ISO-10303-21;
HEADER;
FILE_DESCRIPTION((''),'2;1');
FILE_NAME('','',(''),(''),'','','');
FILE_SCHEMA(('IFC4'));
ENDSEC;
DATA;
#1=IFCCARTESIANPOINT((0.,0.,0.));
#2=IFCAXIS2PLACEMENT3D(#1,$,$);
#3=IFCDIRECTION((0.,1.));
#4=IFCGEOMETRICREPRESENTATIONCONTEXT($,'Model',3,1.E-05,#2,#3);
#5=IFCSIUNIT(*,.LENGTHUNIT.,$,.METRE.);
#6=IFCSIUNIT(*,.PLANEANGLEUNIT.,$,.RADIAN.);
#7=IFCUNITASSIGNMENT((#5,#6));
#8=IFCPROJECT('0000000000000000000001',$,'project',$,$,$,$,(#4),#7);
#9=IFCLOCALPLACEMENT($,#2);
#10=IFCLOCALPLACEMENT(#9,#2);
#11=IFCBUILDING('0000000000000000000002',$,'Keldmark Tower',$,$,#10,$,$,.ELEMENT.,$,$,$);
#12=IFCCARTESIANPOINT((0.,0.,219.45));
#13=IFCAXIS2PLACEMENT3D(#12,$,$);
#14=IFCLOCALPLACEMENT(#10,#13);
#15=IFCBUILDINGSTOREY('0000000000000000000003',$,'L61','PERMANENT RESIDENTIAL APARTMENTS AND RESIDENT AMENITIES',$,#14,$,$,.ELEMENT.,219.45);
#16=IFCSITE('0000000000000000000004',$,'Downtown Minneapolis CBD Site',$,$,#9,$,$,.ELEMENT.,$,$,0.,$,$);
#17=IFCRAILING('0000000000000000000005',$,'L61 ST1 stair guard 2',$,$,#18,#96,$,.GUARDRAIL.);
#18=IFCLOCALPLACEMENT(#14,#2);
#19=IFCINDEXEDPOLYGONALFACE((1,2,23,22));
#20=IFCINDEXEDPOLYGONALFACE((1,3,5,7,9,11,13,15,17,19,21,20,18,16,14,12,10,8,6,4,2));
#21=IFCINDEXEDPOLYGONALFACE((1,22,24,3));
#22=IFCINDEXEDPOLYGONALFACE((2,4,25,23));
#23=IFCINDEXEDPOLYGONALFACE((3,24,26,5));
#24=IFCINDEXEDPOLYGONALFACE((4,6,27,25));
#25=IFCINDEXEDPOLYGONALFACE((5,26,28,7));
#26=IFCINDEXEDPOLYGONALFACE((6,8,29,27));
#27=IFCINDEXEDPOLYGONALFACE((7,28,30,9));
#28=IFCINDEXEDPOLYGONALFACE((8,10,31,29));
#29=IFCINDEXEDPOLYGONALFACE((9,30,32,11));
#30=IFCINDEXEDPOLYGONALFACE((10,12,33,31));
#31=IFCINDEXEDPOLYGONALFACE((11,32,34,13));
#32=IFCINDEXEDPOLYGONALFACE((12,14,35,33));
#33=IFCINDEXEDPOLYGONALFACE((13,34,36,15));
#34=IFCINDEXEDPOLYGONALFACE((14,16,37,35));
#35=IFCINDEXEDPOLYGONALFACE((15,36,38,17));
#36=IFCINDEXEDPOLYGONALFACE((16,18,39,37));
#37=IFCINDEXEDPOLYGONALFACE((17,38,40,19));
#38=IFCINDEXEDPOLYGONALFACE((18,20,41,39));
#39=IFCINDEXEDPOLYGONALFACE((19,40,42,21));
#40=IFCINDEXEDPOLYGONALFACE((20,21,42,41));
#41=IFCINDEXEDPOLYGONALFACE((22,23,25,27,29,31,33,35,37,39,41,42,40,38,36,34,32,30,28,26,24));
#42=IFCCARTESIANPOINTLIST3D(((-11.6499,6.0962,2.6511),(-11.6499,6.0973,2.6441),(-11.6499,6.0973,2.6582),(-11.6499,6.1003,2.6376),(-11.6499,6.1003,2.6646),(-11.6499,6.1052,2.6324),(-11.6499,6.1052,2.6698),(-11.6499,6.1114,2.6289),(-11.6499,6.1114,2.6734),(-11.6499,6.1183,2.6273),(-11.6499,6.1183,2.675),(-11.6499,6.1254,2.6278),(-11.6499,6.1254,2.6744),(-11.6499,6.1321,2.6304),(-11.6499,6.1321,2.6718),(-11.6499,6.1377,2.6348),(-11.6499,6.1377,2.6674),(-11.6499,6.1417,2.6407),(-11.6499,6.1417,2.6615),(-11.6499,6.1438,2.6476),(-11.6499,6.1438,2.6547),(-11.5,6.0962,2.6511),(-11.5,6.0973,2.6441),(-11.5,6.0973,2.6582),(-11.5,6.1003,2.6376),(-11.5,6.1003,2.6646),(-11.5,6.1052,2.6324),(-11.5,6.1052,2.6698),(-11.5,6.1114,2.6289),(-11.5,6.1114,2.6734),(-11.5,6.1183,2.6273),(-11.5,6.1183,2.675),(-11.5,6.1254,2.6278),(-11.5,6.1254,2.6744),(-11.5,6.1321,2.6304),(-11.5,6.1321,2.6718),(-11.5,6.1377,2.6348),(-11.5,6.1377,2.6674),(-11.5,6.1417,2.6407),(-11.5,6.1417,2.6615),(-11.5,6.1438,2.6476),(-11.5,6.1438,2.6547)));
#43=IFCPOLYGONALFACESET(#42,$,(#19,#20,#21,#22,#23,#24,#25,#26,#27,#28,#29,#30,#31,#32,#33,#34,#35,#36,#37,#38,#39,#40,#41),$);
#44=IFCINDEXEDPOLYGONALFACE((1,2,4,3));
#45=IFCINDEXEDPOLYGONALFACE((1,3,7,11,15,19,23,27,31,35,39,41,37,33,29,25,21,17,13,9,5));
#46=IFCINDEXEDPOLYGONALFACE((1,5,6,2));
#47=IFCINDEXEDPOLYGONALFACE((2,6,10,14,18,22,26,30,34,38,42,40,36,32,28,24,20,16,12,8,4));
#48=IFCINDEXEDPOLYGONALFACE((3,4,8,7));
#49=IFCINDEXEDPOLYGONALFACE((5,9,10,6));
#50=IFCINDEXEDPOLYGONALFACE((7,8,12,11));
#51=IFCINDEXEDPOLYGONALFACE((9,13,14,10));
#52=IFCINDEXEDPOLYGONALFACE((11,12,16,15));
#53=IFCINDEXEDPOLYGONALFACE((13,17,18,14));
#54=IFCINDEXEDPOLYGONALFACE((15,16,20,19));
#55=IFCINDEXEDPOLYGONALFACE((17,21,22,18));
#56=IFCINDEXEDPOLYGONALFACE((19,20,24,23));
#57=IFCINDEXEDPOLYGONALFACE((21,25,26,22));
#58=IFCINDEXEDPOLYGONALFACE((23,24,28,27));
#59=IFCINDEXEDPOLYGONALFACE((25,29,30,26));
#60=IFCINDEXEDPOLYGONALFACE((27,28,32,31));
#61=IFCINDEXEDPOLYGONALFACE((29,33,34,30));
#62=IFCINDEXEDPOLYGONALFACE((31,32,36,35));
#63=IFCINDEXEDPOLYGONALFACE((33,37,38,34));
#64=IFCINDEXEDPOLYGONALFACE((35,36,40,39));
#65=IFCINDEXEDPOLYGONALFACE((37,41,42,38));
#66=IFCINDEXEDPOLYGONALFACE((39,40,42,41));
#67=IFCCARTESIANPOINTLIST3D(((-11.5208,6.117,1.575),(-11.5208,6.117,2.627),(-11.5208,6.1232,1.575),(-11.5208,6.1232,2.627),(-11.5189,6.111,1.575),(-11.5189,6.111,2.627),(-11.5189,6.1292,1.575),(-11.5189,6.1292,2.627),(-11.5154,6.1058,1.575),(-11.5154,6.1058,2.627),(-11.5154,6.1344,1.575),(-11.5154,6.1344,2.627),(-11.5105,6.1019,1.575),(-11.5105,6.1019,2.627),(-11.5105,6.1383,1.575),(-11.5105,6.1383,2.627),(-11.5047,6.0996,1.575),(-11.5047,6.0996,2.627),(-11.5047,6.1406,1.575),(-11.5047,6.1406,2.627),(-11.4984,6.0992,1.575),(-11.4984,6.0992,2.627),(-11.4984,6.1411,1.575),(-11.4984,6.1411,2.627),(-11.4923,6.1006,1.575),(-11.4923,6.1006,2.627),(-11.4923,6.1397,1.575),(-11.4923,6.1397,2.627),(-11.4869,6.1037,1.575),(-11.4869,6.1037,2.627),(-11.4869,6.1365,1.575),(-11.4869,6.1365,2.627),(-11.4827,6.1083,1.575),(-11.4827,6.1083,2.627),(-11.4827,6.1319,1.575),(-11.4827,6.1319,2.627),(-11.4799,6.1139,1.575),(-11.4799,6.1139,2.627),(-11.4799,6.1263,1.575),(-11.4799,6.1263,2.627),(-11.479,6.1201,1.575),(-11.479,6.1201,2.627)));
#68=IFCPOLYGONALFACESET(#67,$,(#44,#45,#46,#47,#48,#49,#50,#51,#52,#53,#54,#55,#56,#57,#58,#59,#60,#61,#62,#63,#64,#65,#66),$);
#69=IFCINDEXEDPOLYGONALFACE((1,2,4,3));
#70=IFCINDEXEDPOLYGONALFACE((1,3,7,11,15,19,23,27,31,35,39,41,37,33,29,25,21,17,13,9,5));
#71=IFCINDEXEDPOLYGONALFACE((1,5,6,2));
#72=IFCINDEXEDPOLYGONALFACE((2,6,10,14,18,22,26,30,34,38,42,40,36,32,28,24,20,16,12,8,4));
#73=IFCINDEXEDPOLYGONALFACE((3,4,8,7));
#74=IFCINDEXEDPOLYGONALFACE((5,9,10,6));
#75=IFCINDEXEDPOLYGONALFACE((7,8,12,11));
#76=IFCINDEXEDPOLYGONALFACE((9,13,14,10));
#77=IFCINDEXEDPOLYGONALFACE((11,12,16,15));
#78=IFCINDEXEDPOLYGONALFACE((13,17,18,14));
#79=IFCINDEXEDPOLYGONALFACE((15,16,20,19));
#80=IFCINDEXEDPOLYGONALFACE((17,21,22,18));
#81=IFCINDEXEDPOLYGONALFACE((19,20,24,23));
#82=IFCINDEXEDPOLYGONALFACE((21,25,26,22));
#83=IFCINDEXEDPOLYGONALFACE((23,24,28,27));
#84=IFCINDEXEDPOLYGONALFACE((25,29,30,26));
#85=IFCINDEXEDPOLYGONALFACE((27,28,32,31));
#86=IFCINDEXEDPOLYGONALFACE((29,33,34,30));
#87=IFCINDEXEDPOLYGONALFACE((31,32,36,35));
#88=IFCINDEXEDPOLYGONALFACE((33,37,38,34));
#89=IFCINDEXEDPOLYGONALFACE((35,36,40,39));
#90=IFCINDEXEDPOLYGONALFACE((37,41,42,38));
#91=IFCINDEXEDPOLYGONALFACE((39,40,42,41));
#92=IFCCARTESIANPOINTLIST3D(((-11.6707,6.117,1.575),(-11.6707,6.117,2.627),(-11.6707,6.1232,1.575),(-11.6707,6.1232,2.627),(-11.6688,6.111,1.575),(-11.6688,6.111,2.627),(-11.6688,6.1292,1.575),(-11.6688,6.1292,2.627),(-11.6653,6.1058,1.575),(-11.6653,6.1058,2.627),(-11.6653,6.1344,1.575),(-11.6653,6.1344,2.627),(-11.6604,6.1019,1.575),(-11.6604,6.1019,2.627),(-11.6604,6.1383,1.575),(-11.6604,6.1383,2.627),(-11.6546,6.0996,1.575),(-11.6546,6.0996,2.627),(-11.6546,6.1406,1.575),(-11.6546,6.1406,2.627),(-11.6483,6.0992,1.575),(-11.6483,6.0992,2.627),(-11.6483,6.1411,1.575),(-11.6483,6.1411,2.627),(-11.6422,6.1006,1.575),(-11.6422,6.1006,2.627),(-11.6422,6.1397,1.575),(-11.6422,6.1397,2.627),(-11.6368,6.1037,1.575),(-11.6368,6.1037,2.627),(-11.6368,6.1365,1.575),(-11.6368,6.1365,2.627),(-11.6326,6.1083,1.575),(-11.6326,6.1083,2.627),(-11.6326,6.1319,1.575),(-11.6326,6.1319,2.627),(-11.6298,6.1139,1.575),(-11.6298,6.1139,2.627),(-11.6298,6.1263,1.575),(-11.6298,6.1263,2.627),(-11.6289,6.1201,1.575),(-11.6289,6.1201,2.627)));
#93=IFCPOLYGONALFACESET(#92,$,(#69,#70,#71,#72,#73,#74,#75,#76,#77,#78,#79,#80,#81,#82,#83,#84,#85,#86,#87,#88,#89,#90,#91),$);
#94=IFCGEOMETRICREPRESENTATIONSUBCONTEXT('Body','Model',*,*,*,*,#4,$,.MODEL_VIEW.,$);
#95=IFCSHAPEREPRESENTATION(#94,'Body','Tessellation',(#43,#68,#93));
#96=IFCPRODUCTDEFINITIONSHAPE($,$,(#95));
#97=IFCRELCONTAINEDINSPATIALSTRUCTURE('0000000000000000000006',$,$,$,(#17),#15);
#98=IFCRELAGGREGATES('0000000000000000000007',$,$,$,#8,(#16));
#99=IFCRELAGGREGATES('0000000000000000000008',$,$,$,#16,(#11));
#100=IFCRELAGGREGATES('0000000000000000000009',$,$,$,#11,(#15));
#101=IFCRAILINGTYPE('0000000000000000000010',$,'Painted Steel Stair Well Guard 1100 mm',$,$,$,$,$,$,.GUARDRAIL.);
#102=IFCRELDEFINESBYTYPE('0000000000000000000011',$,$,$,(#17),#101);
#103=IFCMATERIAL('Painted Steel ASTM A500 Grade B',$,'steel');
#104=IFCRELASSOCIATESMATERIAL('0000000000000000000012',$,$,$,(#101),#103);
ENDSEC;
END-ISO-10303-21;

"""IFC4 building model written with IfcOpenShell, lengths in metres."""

from ifc_helpers import new_model, si_unit, direction, frame, origin, origin_2d, place, context, subcontext, project, spatial, circle, extrude, material, type_object, element, save


model = new_model("IFC4")

# Units and contexts
model_context = context("Model", 3, precision=1e-05, world=origin(), true_north=direction((0.0, 1.0)))
body_context = subcontext(model_context, "Body", "Model", "MODEL_VIEW")
ifc_project = project(units=[si_unit("LENGTHUNIT", "METRE"), si_unit("PLANEANGLEUNIT", "RADIAN")], contexts=[model_context])

# Site, building, storey
site_placement = place(None, origin())
site = spatial("IfcSite", under=ifc_project, at=site_placement, Name="Downtown Minneapolis CBD Site", CompositionType="ELEMENT", RefElevation=0.0)
building_placement = place(site_placement, origin())
building = spatial("IfcBuilding", under=site, at=building_placement, Name="Keldmark Tower", CompositionType="ELEMENT")
storey_placement = place(building_placement, frame((0.0, 0.0, 219.45)))
storey = spatial("IfcBuildingStorey", under=building, at=storey_placement, Name="L61", Description="PERMANENT RESIDENTIAL APARTMENTS AND RESIDENT AMENITIES", CompositionType="ELEMENT", Elevation=219.45)

# Railing
ifc_material_1 = material(Name="Painted Steel ASTM A500 Grade B", Category="steel")
railing_type_1 = type_object("IfcRailingType", Name="Painted Steel Stair Well Guard 1100 mm", PredefinedType="GUARDRAIL", material=ifc_material_1)
railing_1_placement = place(storey_placement, frame((-11.5, 6.1201, 1.575)))
element("IfcRailing", 1, at=railing_1_placement, inside=storey, type_object=railing_type_1, Name="L61 ST1 stair guard 2", PredefinedType="GUARDRAIL", context=body_context, shape_type="SweptSolid", body=[
    extrude(circle(Radius=0.0239, at=origin_2d()), frame((0.0, 0.0, 1.0762), z_axis=(-1.0, 0.0, 0.0), x_axis=(0.0, -1.0, 0.0)), (0.0, 0.0, 1.0), 0.1499),
    extrude(circle(Radius=0.021, at=origin_2d()), origin(), (0.0, 0.0, 1.0), 1.052),
    extrude(circle(Radius=0.021, at=origin_2d()), frame((-0.1499, 0.0, 0.0)), (0.0, 0.0, 1.0), 1.052),
])

save(model, "model.ifc")
